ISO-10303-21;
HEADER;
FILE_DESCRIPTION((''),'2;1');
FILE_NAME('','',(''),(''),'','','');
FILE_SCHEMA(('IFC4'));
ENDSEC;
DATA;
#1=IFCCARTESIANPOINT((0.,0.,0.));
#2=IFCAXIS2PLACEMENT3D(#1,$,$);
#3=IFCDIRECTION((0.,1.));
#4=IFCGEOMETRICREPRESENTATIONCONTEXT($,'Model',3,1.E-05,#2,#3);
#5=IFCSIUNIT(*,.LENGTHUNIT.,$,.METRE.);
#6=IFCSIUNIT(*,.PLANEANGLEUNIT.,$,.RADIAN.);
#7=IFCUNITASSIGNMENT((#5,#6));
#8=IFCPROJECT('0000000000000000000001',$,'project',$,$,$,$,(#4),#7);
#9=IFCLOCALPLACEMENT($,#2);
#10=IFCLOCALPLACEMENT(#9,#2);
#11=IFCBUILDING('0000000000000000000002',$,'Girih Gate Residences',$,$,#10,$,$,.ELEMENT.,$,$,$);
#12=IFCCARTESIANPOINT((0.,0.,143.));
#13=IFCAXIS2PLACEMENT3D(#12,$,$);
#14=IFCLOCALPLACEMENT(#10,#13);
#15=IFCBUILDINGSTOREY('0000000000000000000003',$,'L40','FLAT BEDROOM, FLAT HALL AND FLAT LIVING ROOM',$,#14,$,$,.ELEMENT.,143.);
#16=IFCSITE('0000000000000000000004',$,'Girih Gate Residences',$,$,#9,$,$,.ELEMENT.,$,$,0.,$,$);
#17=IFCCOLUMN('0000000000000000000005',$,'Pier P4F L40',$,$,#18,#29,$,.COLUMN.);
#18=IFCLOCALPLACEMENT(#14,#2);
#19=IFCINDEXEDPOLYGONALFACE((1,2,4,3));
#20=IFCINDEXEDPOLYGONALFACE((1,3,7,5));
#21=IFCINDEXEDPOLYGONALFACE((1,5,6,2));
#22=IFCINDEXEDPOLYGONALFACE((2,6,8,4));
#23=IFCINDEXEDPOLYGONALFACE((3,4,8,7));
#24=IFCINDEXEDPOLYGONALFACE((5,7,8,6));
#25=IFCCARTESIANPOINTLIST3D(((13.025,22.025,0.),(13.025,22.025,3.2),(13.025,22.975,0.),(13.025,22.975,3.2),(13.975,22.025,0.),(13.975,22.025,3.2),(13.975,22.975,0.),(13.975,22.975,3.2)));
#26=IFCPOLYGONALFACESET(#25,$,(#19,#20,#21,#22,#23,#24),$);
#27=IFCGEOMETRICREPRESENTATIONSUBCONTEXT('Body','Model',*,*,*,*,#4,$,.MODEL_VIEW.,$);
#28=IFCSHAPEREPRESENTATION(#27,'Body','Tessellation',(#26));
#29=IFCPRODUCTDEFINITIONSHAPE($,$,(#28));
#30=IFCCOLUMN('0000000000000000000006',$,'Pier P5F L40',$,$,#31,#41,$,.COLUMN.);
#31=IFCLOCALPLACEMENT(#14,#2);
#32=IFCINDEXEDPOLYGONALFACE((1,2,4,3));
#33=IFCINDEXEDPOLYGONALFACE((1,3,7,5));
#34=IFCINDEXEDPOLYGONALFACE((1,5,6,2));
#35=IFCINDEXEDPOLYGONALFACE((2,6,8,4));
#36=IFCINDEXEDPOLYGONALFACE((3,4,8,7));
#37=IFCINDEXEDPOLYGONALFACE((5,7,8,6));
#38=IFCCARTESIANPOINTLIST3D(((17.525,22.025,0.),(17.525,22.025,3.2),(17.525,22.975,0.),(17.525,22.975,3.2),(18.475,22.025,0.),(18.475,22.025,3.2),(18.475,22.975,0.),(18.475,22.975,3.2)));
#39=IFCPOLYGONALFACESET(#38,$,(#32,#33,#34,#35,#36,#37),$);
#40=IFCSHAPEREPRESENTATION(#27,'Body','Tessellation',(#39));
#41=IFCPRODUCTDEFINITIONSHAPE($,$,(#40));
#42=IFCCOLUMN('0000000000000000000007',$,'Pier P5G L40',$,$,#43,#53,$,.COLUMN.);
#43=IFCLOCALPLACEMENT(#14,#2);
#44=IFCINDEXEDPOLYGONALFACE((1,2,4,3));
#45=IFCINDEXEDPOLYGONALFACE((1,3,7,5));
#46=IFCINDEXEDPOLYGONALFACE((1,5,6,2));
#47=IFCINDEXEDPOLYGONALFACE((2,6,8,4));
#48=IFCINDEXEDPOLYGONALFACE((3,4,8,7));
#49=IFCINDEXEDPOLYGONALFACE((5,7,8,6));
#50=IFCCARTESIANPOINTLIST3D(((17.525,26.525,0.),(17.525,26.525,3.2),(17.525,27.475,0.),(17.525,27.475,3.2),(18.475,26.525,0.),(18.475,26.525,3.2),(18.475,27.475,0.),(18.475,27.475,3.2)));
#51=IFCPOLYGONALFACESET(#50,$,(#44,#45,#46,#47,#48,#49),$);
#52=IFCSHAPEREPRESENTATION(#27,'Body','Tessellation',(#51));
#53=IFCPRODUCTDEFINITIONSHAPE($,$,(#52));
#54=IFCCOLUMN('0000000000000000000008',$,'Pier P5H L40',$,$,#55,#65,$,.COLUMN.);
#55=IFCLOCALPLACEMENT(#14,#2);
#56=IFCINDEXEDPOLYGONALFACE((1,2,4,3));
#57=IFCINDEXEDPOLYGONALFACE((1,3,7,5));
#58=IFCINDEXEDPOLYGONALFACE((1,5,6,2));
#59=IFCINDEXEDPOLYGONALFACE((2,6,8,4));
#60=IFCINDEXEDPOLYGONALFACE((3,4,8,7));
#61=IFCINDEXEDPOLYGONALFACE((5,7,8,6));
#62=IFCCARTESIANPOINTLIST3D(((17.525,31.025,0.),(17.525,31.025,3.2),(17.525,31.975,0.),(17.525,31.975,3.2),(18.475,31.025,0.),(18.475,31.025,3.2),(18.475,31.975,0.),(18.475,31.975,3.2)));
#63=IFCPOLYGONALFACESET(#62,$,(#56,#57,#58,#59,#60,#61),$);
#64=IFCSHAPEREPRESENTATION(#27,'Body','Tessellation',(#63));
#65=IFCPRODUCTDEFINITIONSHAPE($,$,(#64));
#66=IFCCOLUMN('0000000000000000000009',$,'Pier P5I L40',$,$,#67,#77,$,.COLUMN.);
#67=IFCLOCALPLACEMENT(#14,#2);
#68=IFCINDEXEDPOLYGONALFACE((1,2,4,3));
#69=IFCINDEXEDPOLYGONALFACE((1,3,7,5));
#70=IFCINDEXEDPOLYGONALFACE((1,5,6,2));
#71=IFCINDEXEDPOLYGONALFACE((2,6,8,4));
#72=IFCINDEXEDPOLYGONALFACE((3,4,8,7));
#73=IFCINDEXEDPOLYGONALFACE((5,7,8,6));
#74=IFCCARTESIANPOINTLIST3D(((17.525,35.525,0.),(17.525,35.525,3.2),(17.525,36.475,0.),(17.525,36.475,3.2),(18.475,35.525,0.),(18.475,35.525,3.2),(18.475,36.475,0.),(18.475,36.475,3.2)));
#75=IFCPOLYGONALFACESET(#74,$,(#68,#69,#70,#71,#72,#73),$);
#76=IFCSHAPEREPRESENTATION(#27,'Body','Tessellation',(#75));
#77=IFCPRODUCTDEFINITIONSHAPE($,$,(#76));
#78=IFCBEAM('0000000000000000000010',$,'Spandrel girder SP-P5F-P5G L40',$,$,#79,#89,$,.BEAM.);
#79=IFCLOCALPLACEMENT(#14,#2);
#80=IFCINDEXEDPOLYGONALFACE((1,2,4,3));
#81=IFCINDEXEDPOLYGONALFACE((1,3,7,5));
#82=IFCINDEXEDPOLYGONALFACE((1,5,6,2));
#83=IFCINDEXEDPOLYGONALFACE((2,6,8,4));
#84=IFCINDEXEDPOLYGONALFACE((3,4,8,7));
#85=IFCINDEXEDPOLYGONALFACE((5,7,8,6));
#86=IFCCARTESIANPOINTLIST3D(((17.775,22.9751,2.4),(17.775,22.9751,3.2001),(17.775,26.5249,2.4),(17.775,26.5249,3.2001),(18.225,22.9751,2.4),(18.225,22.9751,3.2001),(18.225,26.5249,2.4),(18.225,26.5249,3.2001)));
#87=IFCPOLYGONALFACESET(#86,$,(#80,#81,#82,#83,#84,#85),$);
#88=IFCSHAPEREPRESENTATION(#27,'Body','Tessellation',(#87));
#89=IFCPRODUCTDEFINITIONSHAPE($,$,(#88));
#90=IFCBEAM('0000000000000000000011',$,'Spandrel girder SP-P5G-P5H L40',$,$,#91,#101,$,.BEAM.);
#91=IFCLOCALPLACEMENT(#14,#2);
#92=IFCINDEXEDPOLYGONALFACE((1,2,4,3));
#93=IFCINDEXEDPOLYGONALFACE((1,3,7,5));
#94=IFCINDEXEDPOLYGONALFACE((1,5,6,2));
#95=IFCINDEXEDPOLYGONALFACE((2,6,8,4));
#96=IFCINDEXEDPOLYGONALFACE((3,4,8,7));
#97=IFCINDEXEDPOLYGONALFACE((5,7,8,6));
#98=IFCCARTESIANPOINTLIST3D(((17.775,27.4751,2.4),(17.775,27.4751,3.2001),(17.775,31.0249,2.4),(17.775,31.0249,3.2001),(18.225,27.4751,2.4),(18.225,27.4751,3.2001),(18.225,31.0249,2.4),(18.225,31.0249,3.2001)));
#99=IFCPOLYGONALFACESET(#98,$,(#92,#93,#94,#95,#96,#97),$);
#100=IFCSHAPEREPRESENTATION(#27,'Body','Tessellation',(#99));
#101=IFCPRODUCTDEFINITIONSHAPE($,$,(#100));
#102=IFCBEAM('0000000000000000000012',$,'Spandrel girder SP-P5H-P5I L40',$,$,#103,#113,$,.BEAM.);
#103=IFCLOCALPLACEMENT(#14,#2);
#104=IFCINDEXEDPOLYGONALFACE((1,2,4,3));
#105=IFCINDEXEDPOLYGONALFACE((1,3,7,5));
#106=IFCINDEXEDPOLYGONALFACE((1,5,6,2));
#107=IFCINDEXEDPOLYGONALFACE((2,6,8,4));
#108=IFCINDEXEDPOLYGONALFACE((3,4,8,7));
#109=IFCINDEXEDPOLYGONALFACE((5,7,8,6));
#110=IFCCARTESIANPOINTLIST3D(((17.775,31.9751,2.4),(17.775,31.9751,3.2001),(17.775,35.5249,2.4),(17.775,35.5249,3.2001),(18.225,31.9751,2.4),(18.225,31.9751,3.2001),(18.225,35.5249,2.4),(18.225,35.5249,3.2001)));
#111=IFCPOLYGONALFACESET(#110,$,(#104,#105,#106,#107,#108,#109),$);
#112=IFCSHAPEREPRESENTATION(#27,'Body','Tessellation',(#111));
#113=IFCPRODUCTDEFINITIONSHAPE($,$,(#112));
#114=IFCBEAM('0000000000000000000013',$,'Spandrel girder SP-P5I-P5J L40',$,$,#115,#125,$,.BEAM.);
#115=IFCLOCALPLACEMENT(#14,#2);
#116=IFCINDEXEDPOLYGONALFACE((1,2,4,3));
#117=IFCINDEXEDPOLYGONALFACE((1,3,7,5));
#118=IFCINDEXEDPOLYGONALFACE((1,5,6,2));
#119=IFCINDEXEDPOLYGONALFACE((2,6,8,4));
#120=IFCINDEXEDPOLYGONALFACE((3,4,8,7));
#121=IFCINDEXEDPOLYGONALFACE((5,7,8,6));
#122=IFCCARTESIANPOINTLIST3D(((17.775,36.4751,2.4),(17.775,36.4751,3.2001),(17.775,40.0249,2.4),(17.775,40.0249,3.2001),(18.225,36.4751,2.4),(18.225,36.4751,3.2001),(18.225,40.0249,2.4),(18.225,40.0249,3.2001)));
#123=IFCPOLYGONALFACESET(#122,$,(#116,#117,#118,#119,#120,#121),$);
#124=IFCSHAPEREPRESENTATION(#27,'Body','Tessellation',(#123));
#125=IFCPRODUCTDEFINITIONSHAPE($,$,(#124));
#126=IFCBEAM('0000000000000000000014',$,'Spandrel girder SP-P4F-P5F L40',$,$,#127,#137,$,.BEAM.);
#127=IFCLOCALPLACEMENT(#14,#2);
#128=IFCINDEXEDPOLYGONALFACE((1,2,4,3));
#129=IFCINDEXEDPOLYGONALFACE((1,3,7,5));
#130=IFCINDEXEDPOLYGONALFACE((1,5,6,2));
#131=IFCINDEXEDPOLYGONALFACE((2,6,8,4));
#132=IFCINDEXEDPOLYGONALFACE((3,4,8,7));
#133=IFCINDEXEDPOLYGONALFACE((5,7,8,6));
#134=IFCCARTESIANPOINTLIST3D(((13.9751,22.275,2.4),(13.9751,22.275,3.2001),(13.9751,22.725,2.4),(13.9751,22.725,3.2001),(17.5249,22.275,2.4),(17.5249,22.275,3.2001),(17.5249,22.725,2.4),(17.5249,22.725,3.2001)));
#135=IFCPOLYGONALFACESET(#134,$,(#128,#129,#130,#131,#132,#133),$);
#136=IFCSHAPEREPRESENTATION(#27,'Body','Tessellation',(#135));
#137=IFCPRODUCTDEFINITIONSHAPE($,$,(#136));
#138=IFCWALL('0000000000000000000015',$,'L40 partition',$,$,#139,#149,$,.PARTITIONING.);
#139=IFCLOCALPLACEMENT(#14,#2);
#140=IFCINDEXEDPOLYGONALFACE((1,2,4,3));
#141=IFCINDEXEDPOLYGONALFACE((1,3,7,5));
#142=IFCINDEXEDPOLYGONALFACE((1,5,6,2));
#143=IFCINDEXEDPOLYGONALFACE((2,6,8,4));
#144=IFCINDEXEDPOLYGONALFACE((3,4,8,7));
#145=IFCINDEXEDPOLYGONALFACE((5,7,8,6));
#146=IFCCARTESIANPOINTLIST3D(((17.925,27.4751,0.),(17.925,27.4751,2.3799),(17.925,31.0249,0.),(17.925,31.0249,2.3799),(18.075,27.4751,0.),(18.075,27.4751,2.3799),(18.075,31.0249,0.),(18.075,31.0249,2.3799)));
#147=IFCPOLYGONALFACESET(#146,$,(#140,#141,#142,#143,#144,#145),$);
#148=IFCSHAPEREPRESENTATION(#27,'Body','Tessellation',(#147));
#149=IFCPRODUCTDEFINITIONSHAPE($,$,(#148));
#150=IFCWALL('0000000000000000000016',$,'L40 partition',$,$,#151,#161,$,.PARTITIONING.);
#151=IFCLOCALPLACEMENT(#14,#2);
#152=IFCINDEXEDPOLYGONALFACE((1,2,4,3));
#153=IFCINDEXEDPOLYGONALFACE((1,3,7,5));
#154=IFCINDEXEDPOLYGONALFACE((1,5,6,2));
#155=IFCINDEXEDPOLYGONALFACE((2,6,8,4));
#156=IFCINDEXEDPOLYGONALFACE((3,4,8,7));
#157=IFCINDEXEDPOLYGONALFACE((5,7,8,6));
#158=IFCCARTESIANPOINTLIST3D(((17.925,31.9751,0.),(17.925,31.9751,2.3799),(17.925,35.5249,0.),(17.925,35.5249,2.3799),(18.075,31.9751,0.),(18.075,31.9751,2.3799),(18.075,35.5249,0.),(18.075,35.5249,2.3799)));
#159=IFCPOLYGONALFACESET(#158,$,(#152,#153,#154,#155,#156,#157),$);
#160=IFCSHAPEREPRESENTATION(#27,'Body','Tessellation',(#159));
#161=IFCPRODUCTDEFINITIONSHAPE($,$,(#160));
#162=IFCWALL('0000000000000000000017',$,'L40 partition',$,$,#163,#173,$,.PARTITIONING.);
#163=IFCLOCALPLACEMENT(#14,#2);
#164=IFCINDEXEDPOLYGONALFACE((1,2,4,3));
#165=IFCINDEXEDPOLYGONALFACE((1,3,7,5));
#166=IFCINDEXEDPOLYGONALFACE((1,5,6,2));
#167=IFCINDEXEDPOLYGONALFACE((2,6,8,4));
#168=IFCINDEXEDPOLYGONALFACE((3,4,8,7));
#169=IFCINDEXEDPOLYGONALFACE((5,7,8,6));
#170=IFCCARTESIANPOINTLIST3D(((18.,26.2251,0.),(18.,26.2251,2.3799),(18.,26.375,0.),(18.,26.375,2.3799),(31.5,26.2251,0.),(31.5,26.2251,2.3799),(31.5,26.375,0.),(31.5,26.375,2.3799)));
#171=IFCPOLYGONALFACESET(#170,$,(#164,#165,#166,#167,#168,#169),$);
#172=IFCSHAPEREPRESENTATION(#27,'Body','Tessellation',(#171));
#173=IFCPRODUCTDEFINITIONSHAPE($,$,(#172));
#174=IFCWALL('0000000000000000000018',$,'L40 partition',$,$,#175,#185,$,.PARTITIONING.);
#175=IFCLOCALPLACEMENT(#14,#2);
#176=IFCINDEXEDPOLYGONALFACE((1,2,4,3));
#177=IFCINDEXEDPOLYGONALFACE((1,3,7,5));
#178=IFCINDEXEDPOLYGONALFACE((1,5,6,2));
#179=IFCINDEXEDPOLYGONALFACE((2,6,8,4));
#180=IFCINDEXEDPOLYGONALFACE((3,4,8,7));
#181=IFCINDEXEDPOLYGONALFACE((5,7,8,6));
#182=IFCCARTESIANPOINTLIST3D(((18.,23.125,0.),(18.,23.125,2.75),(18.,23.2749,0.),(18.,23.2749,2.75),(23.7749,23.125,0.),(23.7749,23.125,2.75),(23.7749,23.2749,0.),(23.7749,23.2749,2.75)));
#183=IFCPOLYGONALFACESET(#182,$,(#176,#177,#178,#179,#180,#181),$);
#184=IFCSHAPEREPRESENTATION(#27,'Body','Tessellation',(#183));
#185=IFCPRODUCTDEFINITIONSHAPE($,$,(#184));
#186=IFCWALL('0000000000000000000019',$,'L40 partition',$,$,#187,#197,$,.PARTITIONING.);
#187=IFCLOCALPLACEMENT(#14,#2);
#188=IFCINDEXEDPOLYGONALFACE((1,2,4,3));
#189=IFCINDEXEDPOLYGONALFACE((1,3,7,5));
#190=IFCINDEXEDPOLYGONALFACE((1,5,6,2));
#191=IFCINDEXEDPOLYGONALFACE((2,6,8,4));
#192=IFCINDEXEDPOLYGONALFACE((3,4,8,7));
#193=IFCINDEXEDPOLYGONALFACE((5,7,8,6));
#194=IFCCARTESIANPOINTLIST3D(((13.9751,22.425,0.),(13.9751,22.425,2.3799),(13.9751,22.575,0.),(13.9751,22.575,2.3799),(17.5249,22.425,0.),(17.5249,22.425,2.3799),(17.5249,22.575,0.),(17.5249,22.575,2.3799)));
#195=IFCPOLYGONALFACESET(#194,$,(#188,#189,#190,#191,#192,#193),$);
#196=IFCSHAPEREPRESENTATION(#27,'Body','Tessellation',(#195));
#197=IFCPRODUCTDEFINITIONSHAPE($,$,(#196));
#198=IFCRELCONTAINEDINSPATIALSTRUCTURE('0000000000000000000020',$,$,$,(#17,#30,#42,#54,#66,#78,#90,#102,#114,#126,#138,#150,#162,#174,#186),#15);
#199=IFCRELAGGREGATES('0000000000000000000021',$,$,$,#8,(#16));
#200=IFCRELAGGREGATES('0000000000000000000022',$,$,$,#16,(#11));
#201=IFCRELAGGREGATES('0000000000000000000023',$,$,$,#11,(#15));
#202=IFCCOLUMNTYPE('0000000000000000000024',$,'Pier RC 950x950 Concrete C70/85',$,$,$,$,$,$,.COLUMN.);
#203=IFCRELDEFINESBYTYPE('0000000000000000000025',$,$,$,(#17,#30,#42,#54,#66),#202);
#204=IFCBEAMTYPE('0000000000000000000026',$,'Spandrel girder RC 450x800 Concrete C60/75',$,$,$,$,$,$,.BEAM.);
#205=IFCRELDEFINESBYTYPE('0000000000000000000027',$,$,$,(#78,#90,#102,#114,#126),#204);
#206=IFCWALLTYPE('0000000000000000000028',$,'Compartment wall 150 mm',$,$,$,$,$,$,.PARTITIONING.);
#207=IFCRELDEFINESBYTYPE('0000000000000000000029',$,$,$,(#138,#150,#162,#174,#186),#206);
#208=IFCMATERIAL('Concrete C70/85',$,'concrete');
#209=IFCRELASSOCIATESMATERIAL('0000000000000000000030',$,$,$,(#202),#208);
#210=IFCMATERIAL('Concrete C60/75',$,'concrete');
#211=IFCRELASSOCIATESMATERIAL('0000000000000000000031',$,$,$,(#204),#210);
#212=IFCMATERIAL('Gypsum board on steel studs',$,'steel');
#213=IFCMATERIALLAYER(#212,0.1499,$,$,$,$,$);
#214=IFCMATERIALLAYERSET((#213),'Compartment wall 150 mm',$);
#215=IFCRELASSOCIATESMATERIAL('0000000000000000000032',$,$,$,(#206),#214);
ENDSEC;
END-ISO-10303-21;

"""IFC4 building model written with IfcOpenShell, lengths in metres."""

from ifc_helpers import new_model, si_unit, direction, frame, frame_2d, origin, origin_2d, place, context, subcontext, project, spatial, rectangle, extrude, material, layer, layer_set, material_profile, profile_set, type_object, element, save


model = new_model("IFC4")

# Units and contexts
model_context = context("Model", 3, precision=1e-05, world=origin(), true_north=direction((0.0, 1.0)))
body_context = subcontext(model_context, "Body", "Model", "MODEL_VIEW")
ifc_project = project(units=[si_unit("LENGTHUNIT", "METRE"), si_unit("PLANEANGLEUNIT", "RADIAN")], contexts=[model_context])

# Site, building, storey
site_placement = place(None, origin())
site = spatial("IfcSite", under=ifc_project, at=site_placement, Name="Girih Gate Residences", CompositionType="ELEMENT", RefElevation=0.0)
building_placement = place(site_placement, origin())
building = spatial("IfcBuilding", under=site, at=building_placement, Name="Girih Gate Residences", CompositionType="ELEMENT")
storey_placement = place(building_placement, frame((0.0, 0.0, 143.0)))
storey = spatial("IfcBuildingStorey", under=building, at=storey_placement, Name="L40", Description="FLAT BEDROOM, FLAT HALL AND FLAT LIVING ROOM", CompositionType="ELEMENT", Elevation=143.0)

# Columns
ifc_material_1 = material(Name="Concrete C70/85", Category="concrete")
ifc_material_profile_1 = material_profile(ifc_material_1, rectangle(XDim=0.95, YDim=0.95, at=origin_2d()))
ifc_profile_set_1 = profile_set([ifc_material_profile_1], Name="Concrete C70/85")
column_type = type_object("IfcColumnType", Name="Pier RC 950x950 Concrete C70/85", PredefinedType="COLUMN", material=ifc_profile_set_1)
for number, where, z_axis, x_axis, name in (
    (1, (13.5, 22.5, 0.0), (0.0, 0.0, 1.0), (1.0, 0.0, 0.0), "Pier P4F L40"),
    (2, (18.0, 22.5, 0.0), (0.0, 0.0, 1.0), (1.0, 0.0, 0.0), "Pier P5F L40"),
    (3, (18.0, 27.0, 0.0), (0.0, 0.0, 1.0), (1.0, 0.0, 0.0), "Pier P5G L40"),
    (4, (18.0, 31.5, 0.0), (0.0, 0.0, 1.0), (1.0, 0.0, 0.0), "Pier P5H L40"),
    (5, (18.0, 36.0, 0.0), (0.0, 0.0, 1.0), (1.0, 0.0, 0.0), "Pier P5I L40"),
):
    element("IfcColumn", number, at=place(storey_placement, frame(where, z_axis=z_axis, x_axis=x_axis)), inside=storey, type_object=column_type, Name=name, PredefinedType="COLUMN", context=body_context, shape_type="SweptSolid", body=[
        extrude(rectangle(XDim=0.95, YDim=0.95, at=origin_2d()), origin(), (0.0, 0.0, 1.0), 3.2),
    ])

# Beams
ifc_material_2 = material(Name="Concrete C60/75", Category="concrete")
ifc_material_profile_2 = material_profile(ifc_material_2, rectangle(XDim=0.45, YDim=0.8, at=origin_2d()))
ifc_profile_set_2 = profile_set([ifc_material_profile_2], Name="Concrete C60/75")
beam_type = type_object("IfcBeamType", Name="Spandrel girder RC 450x800 Concrete C60/75", PredefinedType="BEAM", material=ifc_profile_set_2)
for number, where, z_axis, x_axis, name in (
    (6, (18.0, 22.9751, 2.8), (0.0, 1.0, 0.0), (-1.0, 0.0, 0.0), "Spandrel girder SP-P5F-P5G L40"),
    (7, (18.0, 27.4751, 2.8), (0.0, 1.0, 0.0), (-1.0, 0.0, 0.0), "Spandrel girder SP-P5G-P5H L40"),
    (8, (18.0, 31.9751, 2.8), (0.0, 1.0, 0.0), (-1.0, 0.0, 0.0), "Spandrel girder SP-P5H-P5I L40"),
    (9, (18.0, 36.4751, 2.8), (0.0, 1.0, 0.0), (-1.0, 0.0, 0.0), "Spandrel girder SP-P5I-P5J L40"),
    (10, (13.9751, 22.5, 2.8), (1.0, 0.0, 0.0), (0.0, 1.0, 0.0), "Spandrel girder SP-P4F-P5F L40"),
):
    element("IfcBeam", number, at=place(storey_placement, frame(where, z_axis=z_axis, x_axis=x_axis)), inside=storey, type_object=beam_type, Name=name, PredefinedType="BEAM", context=body_context, shape_type="SweptSolid", body=[
        extrude(rectangle(XDim=0.45, YDim=0.8, at=origin_2d()), origin(), (0.0, 0.0, 1.0), 3.5498),
    ])

# Walls
ifc_material_3 = material(Name="Gypsum board on steel studs", Category="steel")
ifc_layer_1 = layer(ifc_material_3, 0.1499)
ifc_layer_set_1 = layer_set([ifc_layer_1], Name="Compartment wall 150 mm")
wall_type_1 = type_object("IfcWallType", Name="Compartment wall 150 mm", PredefinedType="PARTITIONING", material=ifc_layer_set_1)
for number, where, z_axis, x_axis, name in (
    (11, (18.0, 27.4751, 0.0), (0.0, 0.0, 1.0), (0.0, 1.0, 0.0), "L40 partition"),
    (12, (18.0, 31.9751, 0.0), (0.0, 0.0, 1.0), (0.0, 1.0, 0.0), "L40 partition"),
):
    element("IfcWall", number, at=place(storey_placement, frame(where, z_axis=z_axis, x_axis=x_axis)), inside=storey, type_object=wall_type_1, Name=name, PredefinedType="PARTITIONING", context=body_context, shape_type="SweptSolid", body=[
        extrude(rectangle(XDim=3.5498, YDim=0.1499, at=frame_2d((1.7749, 0.0))), origin(), (0.0, 0.0, 1.0), 2.3799),
    ])
wall_1_placement = place(storey_placement, frame((18.0, 26.3, 0.0), z_axis=(0.0, 0.0, 1.0), x_axis=(1.0, 0.0, 0.0)))
element("IfcWall", 13, at=wall_1_placement, inside=storey, type_object=wall_type_1, Name="L40 partition", PredefinedType="PARTITIONING", context=body_context, shape_type="SweptSolid", body=[
    extrude(rectangle(XDim=13.5, YDim=0.1499, at=frame_2d((6.75, 0.0))), origin(), (0.0, 0.0, 1.0), 2.3799),
])
wall_2_placement = place(storey_placement, frame((18.0, 23.2, 0.0), z_axis=(0.0, 0.0, 1.0), x_axis=(1.0, 0.0, 0.0)))
element("IfcWall", 14, at=wall_2_placement, inside=storey, type_object=wall_type_1, Name="L40 partition", PredefinedType="PARTITIONING", context=body_context, shape_type="SweptSolid", body=[
    extrude(rectangle(XDim=5.7749, YDim=0.1499, at=frame_2d((2.8875, 0.0))), origin(), (0.0, 0.0, 1.0), 2.75),
])
wall_3_placement = place(storey_placement, frame((13.9751, 22.5, 0.0), z_axis=(0.0, 0.0, 1.0), x_axis=(1.0, 0.0, 0.0)))
element("IfcWall", 15, at=wall_3_placement, inside=storey, type_object=wall_type_1, Name="L40 partition", PredefinedType="PARTITIONING", context=body_context, shape_type="SweptSolid", body=[
    extrude(rectangle(XDim=3.5498, YDim=0.1499, at=frame_2d((1.7749, 0.0))), origin(), (0.0, 0.0, 1.0), 2.3799),
])

save(model, "model.ifc")
